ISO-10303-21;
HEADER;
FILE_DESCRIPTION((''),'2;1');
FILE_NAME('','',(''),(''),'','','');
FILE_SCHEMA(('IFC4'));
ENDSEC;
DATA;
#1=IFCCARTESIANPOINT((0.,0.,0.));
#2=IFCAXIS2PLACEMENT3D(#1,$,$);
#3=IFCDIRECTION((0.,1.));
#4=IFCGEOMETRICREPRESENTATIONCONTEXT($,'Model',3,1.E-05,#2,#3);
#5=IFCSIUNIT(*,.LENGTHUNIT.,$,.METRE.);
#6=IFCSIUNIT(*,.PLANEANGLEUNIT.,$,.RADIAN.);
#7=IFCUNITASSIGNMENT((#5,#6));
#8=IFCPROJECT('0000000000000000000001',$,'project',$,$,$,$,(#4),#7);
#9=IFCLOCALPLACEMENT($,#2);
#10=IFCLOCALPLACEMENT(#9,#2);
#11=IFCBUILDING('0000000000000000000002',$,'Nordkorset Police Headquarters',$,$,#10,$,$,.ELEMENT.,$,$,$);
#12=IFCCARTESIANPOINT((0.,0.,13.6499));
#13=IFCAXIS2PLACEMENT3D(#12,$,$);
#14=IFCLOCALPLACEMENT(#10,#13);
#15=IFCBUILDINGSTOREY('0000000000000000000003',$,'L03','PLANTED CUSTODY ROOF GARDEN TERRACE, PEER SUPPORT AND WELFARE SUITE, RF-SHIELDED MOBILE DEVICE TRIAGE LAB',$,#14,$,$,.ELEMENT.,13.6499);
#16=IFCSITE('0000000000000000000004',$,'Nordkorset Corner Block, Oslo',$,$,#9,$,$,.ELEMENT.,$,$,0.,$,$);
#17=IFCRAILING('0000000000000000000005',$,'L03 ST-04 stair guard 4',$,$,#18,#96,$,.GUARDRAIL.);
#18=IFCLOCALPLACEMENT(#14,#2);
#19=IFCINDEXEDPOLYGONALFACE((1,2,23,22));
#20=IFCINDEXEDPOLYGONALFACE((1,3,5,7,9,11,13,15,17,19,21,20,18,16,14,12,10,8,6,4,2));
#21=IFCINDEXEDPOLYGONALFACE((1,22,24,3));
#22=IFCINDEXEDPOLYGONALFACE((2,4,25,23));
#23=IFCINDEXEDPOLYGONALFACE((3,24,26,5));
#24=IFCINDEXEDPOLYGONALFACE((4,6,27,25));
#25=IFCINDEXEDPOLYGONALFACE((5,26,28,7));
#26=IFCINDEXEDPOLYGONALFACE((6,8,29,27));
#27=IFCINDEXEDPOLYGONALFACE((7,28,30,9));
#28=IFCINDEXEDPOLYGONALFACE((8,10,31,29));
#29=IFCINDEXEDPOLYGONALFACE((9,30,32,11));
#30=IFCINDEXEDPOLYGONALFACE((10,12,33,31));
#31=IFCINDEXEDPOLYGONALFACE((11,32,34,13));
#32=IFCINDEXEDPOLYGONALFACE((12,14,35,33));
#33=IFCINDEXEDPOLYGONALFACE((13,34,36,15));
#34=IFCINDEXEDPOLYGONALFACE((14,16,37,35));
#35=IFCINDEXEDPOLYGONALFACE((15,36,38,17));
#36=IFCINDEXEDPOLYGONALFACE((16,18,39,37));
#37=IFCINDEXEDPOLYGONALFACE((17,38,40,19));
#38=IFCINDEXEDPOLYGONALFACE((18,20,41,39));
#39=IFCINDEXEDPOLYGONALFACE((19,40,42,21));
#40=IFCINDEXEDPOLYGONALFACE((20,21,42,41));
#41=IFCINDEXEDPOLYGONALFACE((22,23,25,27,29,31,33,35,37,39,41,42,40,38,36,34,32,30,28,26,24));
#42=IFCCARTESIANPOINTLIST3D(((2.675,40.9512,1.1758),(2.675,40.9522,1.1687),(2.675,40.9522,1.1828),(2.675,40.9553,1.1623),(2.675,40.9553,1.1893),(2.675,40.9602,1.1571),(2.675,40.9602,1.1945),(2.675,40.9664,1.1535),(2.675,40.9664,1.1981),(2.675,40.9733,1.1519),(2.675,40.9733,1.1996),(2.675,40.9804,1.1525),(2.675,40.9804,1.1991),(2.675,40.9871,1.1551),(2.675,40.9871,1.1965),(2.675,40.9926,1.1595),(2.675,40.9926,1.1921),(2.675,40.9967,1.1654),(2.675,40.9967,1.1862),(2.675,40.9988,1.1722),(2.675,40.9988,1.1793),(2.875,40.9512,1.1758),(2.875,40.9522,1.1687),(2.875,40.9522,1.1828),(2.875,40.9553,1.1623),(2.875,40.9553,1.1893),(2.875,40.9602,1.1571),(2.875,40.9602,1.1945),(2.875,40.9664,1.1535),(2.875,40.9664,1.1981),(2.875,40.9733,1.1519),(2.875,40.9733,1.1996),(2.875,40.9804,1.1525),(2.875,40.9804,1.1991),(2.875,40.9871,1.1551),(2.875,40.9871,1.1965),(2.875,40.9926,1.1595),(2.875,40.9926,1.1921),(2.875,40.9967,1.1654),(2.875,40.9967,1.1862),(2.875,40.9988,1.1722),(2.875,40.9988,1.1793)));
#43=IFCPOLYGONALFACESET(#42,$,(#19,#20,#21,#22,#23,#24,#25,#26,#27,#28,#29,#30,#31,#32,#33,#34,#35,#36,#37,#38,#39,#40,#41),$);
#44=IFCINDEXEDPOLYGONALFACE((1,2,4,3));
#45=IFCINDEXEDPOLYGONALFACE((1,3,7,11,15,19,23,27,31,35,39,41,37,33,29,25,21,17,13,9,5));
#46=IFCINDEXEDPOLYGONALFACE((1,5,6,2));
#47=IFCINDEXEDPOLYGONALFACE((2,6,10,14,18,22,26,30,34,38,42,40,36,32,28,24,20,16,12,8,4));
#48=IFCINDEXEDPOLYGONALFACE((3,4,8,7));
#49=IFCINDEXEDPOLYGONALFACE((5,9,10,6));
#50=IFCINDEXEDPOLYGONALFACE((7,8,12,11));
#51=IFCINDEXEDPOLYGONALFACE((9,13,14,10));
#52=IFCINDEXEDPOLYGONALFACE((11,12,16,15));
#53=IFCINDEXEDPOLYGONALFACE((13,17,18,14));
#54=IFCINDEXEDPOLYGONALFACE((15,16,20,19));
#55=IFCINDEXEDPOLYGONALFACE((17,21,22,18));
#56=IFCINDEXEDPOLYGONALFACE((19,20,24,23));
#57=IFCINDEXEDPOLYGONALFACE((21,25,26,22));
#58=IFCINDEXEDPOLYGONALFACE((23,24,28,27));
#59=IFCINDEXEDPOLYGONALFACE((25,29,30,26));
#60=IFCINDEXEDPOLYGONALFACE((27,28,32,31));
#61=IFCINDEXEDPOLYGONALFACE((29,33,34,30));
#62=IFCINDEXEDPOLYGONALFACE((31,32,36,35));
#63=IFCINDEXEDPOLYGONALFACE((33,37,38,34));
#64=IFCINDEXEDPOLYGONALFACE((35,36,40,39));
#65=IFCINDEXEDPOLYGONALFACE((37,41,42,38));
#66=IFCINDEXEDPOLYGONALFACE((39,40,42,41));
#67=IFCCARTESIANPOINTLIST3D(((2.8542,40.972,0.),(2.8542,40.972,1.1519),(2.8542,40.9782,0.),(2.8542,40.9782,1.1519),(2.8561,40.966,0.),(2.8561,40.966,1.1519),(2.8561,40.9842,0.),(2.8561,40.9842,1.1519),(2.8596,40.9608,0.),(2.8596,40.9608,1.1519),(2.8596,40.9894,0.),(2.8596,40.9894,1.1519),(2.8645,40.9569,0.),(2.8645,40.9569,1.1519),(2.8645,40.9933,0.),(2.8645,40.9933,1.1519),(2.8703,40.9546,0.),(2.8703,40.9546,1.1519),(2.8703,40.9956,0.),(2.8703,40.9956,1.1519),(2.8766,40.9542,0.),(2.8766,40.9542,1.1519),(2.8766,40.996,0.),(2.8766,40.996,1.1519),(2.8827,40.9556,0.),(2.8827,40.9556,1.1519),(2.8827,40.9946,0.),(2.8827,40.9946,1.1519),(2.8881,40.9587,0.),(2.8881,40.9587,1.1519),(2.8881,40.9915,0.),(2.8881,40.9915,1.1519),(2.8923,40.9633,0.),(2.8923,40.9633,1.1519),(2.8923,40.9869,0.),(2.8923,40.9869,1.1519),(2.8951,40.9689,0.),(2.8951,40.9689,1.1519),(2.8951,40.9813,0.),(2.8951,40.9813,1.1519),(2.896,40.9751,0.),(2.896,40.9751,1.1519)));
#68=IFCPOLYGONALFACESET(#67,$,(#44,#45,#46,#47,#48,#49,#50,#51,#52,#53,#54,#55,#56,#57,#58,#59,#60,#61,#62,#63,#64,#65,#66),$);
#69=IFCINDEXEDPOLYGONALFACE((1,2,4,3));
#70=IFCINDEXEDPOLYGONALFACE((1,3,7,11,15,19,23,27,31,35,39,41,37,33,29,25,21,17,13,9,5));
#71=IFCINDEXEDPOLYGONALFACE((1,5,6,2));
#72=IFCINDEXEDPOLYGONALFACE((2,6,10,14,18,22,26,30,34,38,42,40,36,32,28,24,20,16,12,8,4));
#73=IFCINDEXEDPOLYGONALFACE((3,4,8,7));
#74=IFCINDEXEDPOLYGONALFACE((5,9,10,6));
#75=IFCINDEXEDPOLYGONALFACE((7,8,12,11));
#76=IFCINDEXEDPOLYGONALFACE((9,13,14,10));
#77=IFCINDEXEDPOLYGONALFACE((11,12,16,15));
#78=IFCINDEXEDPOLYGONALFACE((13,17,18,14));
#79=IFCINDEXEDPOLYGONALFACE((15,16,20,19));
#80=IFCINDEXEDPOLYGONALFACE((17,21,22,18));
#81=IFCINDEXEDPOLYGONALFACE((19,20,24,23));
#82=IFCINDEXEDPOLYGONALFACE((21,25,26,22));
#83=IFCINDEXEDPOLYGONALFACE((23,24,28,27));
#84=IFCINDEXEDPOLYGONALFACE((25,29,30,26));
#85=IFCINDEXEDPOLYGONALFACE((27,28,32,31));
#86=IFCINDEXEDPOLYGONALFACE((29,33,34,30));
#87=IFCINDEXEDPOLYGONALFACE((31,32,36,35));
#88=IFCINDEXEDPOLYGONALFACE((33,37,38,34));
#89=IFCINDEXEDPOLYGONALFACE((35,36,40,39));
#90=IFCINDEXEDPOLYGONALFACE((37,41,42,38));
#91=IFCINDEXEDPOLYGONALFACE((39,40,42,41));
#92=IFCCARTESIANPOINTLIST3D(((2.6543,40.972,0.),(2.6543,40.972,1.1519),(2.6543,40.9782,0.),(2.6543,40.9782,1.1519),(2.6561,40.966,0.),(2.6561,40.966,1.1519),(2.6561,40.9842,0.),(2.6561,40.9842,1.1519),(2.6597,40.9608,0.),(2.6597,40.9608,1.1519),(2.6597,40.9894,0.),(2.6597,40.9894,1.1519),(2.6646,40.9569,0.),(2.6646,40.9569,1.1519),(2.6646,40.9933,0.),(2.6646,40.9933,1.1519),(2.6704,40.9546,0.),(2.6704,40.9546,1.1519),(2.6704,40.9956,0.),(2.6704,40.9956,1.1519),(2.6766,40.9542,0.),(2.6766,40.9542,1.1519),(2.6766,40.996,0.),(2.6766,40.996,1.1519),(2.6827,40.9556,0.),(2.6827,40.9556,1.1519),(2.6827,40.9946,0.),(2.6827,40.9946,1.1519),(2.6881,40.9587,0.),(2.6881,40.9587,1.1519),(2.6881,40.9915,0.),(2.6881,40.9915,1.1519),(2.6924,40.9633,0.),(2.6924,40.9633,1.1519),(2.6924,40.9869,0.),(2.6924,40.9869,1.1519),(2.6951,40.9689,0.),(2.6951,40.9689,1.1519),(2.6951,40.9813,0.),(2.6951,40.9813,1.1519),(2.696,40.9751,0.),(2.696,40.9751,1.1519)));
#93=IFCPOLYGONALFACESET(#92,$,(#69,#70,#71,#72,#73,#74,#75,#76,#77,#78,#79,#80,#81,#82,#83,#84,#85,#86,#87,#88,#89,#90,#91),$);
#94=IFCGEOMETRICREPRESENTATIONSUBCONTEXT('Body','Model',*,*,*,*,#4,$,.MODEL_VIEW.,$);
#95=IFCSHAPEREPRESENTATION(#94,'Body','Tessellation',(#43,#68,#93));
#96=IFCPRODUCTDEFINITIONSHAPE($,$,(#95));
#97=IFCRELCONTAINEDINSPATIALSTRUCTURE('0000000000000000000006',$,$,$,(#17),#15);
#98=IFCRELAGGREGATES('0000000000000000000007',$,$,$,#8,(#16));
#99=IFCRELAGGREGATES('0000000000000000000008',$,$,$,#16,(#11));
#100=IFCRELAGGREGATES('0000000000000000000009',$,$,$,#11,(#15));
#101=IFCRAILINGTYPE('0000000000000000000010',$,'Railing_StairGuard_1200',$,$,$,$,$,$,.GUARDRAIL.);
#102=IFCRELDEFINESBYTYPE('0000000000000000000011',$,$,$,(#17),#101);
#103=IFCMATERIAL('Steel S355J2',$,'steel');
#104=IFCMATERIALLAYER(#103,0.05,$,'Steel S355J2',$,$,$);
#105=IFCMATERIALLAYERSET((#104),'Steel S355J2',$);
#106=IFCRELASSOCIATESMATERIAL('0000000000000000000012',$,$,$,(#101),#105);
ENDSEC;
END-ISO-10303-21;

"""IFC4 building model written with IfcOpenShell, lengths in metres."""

from ifc_helpers import new_model, si_unit, direction, frame, origin, origin_2d, place, context, subcontext, project, spatial, circle, extrude, material, layer, layer_set, type_object, element, save


model = new_model("IFC4")

# Units and contexts
model_context = context("Model", 3, precision=1e-05, world=origin(), true_north=direction((0.0, 1.0)))
body_context = subcontext(model_context, "Body", "Model", "MODEL_VIEW")
ifc_project = project(units=[si_unit("LENGTHUNIT", "METRE"), si_unit("PLANEANGLEUNIT", "RADIAN")], contexts=[model_context])

# Site, building, storey
site_placement = place(None, origin())
site = spatial("IfcSite", under=ifc_project, at=site_placement, Name="Nordkorset Corner Block, Oslo", CompositionType="ELEMENT", RefElevation=0.0)
building_placement = place(site_placement, origin())
building = spatial("IfcBuilding", under=site, at=building_placement, Name="Nordkorset Police Headquarters", CompositionType="ELEMENT")
storey_placement = place(building_placement, frame((0.0, 0.0, 13.6499)))
storey = spatial("IfcBuildingStorey", under=building, at=storey_placement, Name="L03", Description="PLANTED CUSTODY ROOF GARDEN TERRACE, PEER SUPPORT AND WELFARE SUITE, RF-SHIELDED MOBILE DEVICE TRIAGE LAB", CompositionType="ELEMENT", Elevation=13.6499)

# Railing
ifc_material_1 = material(Name="Steel S355J2", Category="steel")
ifc_layer_1 = layer(ifc_material_1, 0.05, Name="Steel S355J2")
ifc_layer_set_1 = layer_set([ifc_layer_1], Name="Steel S355J2")
railing_type_1 = type_object("IfcRailingType", Name="Railing_StairGuard_1200", PredefinedType="GUARDRAIL", material=ifc_layer_set_1)
railing_1_placement = place(storey_placement, frame((2.875, 40.9751, 0.0)))
element("IfcRailing", 1, at=railing_1_placement, inside=storey, type_object=railing_type_1, Name="L03 ST-04 stair guard 4", PredefinedType="GUARDRAIL", context=body_context, shape_type="SweptSolid", body=[
    extrude(circle(Radius=0.0239, at=origin_2d()), frame((0.0, 0.0, 1.1758), z_axis=(-1.0, 0.0, 0.0), x_axis=(0.0, -1.0, 0.0)), (0.0, 0.0, 1.0), 0.2),
    extrude(circle(Radius=0.021, at=origin_2d()), origin(), (0.0, 0.0, 1.0), 1.1519),
    extrude(circle(Radius=0.021, at=origin_2d()), frame((-0.2, 0.0, 0.0)), (0.0, 0.0, 1.0), 1.1519),
])

save(model, "model.ifc")
